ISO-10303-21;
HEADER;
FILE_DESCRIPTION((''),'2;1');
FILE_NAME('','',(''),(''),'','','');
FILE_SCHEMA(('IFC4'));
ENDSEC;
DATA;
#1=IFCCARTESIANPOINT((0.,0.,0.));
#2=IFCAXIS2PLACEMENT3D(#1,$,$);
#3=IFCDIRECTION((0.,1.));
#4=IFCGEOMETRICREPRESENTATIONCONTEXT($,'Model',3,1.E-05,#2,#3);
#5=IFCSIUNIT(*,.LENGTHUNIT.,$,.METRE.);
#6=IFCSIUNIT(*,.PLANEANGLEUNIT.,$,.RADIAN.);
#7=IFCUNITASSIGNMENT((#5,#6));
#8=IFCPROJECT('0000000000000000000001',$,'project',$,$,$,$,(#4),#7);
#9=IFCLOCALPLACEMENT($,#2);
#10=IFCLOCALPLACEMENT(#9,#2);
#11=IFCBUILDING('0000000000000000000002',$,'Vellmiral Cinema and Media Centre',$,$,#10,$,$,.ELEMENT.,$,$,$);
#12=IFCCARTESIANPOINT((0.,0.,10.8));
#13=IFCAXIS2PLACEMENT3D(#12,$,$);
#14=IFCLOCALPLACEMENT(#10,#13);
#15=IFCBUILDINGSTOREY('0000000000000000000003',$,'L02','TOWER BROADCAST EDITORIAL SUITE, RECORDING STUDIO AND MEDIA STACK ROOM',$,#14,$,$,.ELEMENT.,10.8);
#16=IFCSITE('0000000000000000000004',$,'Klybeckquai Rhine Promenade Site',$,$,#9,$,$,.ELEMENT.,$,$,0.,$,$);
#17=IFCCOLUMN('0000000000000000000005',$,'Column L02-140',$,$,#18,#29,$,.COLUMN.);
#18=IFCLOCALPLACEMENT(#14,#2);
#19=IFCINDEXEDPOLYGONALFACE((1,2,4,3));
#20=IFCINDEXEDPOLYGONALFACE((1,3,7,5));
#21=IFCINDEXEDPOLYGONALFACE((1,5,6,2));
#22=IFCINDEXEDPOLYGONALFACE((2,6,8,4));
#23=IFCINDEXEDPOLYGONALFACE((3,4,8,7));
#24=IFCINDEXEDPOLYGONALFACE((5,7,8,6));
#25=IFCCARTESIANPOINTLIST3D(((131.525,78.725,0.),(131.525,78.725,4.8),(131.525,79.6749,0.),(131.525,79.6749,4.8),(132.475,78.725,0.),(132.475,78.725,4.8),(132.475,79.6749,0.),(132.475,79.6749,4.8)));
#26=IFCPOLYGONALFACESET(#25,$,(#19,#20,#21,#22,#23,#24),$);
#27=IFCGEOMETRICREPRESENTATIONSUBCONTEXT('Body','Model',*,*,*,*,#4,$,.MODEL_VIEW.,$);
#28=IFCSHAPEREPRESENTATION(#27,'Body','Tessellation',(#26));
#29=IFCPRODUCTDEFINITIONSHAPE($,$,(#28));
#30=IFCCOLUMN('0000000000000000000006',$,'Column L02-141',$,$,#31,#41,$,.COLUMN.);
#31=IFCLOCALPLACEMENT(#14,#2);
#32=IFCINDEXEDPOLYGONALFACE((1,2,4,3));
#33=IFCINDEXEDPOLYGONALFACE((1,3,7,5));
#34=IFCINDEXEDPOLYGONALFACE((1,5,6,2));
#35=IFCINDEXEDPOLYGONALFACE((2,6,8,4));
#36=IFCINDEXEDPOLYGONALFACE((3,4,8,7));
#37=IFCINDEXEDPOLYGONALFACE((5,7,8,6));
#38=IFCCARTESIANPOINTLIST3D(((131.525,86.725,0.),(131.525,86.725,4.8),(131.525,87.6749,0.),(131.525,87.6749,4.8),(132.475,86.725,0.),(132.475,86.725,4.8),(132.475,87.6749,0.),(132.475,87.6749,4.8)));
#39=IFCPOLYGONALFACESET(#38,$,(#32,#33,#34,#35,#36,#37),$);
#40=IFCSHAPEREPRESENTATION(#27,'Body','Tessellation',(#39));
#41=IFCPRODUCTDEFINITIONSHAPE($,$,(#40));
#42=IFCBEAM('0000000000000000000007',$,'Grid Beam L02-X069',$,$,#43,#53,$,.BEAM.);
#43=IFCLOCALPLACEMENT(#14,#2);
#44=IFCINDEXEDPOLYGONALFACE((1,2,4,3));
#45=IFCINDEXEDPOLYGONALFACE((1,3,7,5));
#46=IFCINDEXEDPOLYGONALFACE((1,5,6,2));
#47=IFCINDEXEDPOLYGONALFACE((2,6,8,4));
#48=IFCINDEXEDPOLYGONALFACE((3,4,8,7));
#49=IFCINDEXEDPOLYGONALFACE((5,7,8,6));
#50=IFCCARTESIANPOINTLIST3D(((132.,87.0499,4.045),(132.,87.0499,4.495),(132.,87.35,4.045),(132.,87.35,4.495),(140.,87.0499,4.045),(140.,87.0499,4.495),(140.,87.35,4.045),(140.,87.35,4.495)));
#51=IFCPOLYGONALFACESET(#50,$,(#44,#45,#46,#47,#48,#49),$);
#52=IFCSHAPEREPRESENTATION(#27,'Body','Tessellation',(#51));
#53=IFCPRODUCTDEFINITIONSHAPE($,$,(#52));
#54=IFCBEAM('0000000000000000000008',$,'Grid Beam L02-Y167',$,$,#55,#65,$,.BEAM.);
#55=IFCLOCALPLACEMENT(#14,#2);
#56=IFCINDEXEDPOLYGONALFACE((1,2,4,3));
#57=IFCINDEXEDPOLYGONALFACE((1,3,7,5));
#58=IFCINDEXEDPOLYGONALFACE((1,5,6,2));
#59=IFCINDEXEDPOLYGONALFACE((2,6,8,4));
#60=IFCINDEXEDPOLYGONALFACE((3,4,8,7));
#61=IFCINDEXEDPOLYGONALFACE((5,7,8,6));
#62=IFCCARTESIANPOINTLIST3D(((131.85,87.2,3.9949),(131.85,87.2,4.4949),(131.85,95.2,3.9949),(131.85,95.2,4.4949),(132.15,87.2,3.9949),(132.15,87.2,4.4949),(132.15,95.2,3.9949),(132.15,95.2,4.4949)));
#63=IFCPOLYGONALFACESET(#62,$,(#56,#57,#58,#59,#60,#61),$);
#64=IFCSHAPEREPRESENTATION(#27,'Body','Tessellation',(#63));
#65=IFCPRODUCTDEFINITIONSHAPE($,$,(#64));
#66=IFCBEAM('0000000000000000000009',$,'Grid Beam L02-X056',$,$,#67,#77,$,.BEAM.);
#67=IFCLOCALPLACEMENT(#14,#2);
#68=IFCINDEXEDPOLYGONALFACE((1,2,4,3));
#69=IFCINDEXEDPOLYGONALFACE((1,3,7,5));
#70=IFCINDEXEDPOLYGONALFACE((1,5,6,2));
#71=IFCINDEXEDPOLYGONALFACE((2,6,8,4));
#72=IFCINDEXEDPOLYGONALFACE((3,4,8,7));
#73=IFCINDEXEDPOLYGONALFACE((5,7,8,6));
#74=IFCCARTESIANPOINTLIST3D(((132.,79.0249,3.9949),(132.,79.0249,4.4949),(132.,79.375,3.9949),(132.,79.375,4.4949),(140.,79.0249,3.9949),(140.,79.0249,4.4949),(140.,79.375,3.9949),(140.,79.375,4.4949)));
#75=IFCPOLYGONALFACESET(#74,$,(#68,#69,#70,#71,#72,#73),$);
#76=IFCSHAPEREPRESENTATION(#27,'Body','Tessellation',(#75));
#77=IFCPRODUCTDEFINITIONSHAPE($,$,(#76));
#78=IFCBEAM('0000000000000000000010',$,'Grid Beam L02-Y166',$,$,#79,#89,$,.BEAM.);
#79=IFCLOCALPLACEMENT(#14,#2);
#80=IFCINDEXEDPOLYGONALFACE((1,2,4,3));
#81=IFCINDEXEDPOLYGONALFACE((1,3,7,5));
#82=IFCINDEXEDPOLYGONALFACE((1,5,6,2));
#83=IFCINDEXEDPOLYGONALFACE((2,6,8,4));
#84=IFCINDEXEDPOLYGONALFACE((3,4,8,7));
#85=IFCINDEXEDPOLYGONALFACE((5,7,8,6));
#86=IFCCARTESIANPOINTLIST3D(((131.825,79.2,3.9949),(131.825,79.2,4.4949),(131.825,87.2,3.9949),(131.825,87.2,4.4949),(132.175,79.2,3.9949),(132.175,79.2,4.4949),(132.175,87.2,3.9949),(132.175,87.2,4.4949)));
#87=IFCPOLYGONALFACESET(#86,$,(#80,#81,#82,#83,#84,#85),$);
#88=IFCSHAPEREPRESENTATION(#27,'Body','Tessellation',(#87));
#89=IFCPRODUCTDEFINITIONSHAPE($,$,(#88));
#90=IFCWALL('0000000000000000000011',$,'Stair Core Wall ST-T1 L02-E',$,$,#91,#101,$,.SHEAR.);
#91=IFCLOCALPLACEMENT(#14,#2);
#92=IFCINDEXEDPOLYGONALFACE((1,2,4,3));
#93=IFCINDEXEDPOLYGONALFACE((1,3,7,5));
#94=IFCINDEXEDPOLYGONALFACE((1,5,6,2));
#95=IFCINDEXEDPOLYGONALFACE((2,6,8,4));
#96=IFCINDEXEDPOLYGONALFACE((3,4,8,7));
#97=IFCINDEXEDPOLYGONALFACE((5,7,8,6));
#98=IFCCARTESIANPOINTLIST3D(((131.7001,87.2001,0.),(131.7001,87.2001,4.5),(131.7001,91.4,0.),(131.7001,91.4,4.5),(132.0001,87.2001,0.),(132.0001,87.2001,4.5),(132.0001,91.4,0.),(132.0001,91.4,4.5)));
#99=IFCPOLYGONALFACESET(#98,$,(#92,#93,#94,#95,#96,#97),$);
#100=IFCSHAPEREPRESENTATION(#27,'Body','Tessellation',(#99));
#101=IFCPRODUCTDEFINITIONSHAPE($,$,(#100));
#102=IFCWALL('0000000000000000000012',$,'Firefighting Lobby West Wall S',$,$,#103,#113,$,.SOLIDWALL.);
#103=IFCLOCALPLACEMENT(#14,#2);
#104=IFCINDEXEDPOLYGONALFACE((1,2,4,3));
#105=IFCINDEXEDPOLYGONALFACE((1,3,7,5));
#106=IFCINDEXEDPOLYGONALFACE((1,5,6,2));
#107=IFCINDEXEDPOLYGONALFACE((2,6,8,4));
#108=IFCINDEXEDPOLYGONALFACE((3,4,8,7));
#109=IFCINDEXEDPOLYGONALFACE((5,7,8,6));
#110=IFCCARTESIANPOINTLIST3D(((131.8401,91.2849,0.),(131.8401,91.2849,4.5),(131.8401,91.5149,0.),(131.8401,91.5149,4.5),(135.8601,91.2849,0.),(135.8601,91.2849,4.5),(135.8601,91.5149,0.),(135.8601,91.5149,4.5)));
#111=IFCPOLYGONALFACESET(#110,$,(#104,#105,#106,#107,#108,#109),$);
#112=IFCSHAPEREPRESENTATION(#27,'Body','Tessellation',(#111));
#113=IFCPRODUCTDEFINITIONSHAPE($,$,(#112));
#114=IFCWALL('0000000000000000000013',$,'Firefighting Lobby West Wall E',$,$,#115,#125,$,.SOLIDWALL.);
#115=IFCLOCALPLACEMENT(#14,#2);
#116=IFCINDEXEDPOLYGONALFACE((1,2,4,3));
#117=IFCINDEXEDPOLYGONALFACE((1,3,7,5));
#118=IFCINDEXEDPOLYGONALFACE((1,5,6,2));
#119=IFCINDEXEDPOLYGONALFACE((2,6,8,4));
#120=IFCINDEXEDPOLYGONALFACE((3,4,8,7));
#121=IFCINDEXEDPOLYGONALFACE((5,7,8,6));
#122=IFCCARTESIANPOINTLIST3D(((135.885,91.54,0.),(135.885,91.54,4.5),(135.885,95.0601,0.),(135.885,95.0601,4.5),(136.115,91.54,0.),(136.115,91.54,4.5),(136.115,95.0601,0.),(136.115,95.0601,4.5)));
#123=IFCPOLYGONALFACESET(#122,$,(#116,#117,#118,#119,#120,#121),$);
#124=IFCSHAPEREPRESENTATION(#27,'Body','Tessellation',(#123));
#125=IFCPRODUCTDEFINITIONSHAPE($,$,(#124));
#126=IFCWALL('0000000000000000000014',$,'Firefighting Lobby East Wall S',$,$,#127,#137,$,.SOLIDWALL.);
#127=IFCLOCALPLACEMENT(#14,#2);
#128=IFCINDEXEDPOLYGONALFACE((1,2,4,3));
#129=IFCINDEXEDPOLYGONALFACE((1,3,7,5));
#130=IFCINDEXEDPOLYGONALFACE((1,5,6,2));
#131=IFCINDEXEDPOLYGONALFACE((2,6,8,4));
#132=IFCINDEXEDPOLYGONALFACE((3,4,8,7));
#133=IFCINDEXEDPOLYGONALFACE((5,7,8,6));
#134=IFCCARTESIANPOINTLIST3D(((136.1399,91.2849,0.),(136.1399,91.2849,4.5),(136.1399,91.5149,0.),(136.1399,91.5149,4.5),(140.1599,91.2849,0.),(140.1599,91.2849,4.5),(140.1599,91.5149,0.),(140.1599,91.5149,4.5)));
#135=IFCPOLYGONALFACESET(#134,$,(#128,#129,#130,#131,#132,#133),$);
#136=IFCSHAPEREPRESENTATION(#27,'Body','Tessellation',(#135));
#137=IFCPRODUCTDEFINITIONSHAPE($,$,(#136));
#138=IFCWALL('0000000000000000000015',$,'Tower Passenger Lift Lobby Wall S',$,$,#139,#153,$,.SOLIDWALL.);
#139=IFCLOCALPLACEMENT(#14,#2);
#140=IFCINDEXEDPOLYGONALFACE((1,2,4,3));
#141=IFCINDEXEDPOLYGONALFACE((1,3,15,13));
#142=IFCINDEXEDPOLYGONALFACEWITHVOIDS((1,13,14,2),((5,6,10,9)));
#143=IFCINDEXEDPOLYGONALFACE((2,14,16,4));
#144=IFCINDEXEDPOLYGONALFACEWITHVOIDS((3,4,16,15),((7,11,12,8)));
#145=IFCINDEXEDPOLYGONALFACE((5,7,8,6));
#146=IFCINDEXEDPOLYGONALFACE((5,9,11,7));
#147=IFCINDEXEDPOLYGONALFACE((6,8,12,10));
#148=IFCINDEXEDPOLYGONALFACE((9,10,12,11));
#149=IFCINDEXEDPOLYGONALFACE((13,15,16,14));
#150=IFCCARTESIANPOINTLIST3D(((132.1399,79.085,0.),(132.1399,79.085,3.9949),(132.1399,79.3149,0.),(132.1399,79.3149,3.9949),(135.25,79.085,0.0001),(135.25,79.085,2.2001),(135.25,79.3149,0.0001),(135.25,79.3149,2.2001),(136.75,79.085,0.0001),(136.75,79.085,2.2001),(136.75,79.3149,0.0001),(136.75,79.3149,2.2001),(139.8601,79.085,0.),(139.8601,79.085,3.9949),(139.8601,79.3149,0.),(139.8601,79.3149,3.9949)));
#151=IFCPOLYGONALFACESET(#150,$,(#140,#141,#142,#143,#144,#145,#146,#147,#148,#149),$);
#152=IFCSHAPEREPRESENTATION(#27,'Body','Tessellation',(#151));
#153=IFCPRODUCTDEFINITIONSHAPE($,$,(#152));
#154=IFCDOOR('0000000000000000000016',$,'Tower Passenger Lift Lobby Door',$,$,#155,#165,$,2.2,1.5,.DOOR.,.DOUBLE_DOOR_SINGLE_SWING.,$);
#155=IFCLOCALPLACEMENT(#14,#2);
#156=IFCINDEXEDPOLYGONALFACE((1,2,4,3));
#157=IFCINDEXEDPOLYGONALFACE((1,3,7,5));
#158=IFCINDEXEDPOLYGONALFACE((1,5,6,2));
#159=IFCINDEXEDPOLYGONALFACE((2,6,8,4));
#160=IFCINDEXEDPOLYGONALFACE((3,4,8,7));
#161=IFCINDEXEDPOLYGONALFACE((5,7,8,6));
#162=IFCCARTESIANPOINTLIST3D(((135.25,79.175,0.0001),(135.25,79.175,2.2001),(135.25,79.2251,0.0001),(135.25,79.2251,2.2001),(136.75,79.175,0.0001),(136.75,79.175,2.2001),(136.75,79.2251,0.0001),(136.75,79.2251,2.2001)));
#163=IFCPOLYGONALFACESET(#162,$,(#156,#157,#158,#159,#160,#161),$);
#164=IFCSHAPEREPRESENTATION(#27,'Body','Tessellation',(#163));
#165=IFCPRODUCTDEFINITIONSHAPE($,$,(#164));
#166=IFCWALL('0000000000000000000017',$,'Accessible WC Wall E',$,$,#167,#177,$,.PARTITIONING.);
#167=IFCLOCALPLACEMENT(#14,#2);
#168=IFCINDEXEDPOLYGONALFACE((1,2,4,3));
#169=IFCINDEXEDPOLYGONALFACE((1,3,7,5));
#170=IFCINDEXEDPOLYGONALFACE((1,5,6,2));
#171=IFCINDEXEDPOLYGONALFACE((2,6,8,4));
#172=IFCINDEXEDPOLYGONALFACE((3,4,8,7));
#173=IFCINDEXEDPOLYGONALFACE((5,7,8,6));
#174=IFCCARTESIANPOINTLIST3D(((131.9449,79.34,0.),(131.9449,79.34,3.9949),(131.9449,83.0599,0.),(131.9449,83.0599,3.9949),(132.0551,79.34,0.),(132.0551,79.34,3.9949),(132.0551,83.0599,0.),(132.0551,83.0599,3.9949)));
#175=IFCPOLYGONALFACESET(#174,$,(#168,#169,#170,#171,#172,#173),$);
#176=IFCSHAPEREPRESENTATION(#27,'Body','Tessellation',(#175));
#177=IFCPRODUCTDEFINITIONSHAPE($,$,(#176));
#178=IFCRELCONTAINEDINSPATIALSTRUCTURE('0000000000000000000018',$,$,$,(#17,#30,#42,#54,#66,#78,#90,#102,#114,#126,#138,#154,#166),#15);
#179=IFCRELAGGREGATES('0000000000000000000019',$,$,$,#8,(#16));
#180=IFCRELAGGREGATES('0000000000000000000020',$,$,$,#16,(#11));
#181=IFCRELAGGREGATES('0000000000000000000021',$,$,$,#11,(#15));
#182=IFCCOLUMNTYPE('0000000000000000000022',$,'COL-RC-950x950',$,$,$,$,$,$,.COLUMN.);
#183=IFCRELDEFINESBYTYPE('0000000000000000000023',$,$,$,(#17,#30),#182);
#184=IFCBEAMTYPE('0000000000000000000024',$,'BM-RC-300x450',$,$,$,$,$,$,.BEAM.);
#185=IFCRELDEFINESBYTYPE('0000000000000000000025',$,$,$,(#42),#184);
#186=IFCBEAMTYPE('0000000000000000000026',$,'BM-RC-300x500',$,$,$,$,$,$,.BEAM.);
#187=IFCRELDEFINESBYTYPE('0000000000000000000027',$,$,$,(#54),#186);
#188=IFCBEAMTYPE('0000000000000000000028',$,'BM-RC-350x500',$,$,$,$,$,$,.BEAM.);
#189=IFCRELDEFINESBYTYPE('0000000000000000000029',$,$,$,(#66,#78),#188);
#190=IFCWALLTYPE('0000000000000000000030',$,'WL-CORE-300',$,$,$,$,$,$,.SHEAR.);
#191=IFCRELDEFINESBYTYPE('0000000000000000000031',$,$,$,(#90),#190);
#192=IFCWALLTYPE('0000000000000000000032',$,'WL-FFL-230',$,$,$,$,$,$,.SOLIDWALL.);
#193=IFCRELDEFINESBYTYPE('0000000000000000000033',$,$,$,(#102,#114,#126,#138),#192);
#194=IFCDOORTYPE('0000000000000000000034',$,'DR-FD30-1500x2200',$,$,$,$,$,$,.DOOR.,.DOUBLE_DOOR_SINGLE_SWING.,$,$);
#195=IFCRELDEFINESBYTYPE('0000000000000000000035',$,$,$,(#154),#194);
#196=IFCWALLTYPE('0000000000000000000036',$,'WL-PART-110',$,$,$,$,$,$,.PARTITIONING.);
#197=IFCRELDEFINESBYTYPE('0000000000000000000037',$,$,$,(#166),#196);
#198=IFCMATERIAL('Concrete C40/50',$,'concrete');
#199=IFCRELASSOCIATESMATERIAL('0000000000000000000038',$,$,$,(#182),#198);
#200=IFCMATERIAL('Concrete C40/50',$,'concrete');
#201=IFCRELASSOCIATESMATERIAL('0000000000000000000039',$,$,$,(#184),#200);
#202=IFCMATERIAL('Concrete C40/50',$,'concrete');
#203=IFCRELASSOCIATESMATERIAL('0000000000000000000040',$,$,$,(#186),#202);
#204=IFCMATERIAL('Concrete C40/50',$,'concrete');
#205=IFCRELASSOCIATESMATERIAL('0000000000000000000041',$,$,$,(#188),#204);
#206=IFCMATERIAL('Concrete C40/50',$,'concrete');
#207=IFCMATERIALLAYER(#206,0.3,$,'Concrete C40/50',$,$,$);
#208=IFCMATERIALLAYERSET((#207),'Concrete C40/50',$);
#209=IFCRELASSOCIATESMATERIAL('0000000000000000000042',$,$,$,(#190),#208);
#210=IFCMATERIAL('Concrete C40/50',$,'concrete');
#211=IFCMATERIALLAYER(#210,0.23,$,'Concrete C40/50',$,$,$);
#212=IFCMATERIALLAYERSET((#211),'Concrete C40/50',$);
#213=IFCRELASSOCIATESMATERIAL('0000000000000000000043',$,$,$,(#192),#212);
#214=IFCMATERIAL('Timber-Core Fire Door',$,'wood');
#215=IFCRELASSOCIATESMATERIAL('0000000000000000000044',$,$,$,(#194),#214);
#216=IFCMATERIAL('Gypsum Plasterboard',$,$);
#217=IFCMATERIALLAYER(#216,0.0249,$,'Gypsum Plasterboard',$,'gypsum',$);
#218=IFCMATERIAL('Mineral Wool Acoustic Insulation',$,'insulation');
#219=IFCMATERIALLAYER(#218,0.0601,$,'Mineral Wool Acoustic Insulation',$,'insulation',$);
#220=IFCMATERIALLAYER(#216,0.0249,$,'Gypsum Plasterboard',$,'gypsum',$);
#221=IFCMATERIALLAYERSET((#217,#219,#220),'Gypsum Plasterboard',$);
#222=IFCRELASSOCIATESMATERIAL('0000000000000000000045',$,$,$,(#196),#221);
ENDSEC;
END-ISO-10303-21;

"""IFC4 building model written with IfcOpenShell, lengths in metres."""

from ifc_helpers import new_model, si_unit, direction, frame, frame_2d, origin, origin_2d, place, context, subcontext, project, spatial, rectangle, extrude, material, layer, layer_set, material_profile, profile_set, type_object, element, fill, save


model = new_model("IFC4")

# Units and contexts
model_context = context("Model", 3, precision=1e-05, world=origin(), true_north=direction((0.0, 1.0)))
body_context = subcontext(model_context, "Body", "Model", "MODEL_VIEW")
ifc_project = project(units=[si_unit("LENGTHUNIT", "METRE"), si_unit("PLANEANGLEUNIT", "RADIAN")], contexts=[model_context])

# Site, building, storey
site_placement = place(None, origin())
site = spatial("IfcSite", under=ifc_project, at=site_placement, Name="Klybeckquai Rhine Promenade Site", CompositionType="ELEMENT", RefElevation=0.0)
building_placement = place(site_placement, origin())
building = spatial("IfcBuilding", under=site, at=building_placement, Name="Vellmiral Cinema and Media Centre", CompositionType="ELEMENT")
storey_placement = place(building_placement, frame((0.0, 0.0, 10.8)))
storey = spatial("IfcBuildingStorey", under=building, at=storey_placement, Name="L02", Description="TOWER BROADCAST EDITORIAL SUITE, RECORDING STUDIO AND MEDIA STACK ROOM", CompositionType="ELEMENT", Elevation=10.8)

# Columns
ifc_material_1 = material(Name="Concrete C40/50", Category="concrete")
ifc_material_profile_1 = material_profile(ifc_material_1, rectangle(XDim=0.95, YDim=0.95, at=origin_2d()), Name="RC 950x950")
ifc_profile_set_1 = profile_set([ifc_material_profile_1], Name="Concrete C40/50")
column_type = type_object("IfcColumnType", Name="COL-RC-950x950", PredefinedType="COLUMN", material=ifc_profile_set_1)
for number, where, z_axis, x_axis, name in (
    (1, (132.0, 79.2, 0.0), (0.0, 0.0, 1.0), (1.0, 0.0, 0.0), "Column L02-140"),
    (2, (132.0, 87.2, 0.0), (0.0, 0.0, 1.0), (1.0, 0.0, 0.0), "Column L02-141"),
):
    element("IfcColumn", number, at=place(storey_placement, frame(where, z_axis=z_axis, x_axis=x_axis)), inside=storey, type_object=column_type, Name=name, PredefinedType="COLUMN", context=body_context, shape_type="SweptSolid", body=[
        extrude(rectangle(XDim=0.95, YDim=0.95, at=origin_2d()), origin(), (0.0, 0.0, 1.0), 4.8),
    ])

# Beams
ifc_material_2 = material(Name="Concrete C40/50", Category="concrete")
ifc_material_profile_2 = material_profile(ifc_material_2, rectangle(XDim=0.3, YDim=0.45, at=origin_2d()), Name="RC 300x450")
ifc_profile_set_2 = profile_set([ifc_material_profile_2], Name="Concrete C40/50")
beam_type_1 = type_object("IfcBeamType", Name="BM-RC-300x450", PredefinedType="BEAM", material=ifc_profile_set_2)
beam_1_placement = place(storey_placement, frame((132.0, 87.2, 4.27), z_axis=(1.0, 0.0, 0.0), x_axis=(0.0, 1.0, 0.0)))
element("IfcBeam", 3, at=beam_1_placement, inside=storey, type_object=beam_type_1, Name="Grid Beam L02-X069", PredefinedType="BEAM", context=body_context, shape_type="SweptSolid", body=[
    extrude(rectangle(XDim=0.3, YDim=0.45, at=origin_2d()), origin(), (0.0, 0.0, 1.0), 8.0),
])
ifc_material_3 = material(Name="Concrete C40/50", Category="concrete")
ifc_material_profile_3 = material_profile(ifc_material_3, rectangle(XDim=0.3, YDim=0.5, at=origin_2d()), Name="RC 300x500")
ifc_profile_set_3 = profile_set([ifc_material_profile_3], Name="Concrete C40/50")
beam_type_2 = type_object("IfcBeamType", Name="BM-RC-300x500", PredefinedType="BEAM", material=ifc_profile_set_3)
beam_2_placement = place(storey_placement, frame((132.0, 87.2, 4.2449), z_axis=(0.0, 1.0, 0.0), x_axis=(-1.0, 0.0, 0.0)))
element("IfcBeam", 4, at=beam_2_placement, inside=storey, type_object=beam_type_2, Name="Grid Beam L02-Y167", PredefinedType="BEAM", context=body_context, shape_type="SweptSolid", body=[
    extrude(rectangle(XDim=0.3, YDim=0.5, at=origin_2d()), origin(), (0.0, 0.0, 1.0), 8.0),
])
ifc_material_4 = material(Name="Concrete C40/50", Category="concrete")
ifc_material_profile_4 = material_profile(ifc_material_4, rectangle(XDim=0.3501, YDim=0.5, at=origin_2d()), Name="RC 350x500")
ifc_profile_set_4 = profile_set([ifc_material_profile_4], Name="Concrete C40/50")
beam_type_3 = type_object("IfcBeamType", Name="BM-RC-350x500", PredefinedType="BEAM", material=ifc_profile_set_4)
for number, where, z_axis, x_axis, name in (
    (5, (132.0, 79.2, 4.2449), (1.0, 0.0, 0.0), (0.0, 1.0, 0.0), "Grid Beam L02-X056"),
    (6, (132.0, 79.2, 4.2449), (0.0, 1.0, 0.0), (-1.0, 0.0, 0.0), "Grid Beam L02-Y166"),
):
    element("IfcBeam", number, at=place(storey_placement, frame(where, z_axis=z_axis, x_axis=x_axis)), inside=storey, type_object=beam_type_3, Name=name, PredefinedType="BEAM", context=body_context, shape_type="SweptSolid", body=[
        extrude(rectangle(XDim=0.3501, YDim=0.5, at=origin_2d()), origin(), (0.0, 0.0, 1.0), 8.0),
    ])

# Walls
ifc_material_5 = material(Name="Concrete C40/50", Category="concrete")
ifc_layer_1 = layer(ifc_material_5, 0.3, Name="Concrete C40/50")
ifc_layer_set_1 = layer_set([ifc_layer_1], Name="Concrete C40/50")
wall_type_1 = type_object("IfcWallType", Name="WL-CORE-300", PredefinedType="SHEAR", material=ifc_layer_set_1)
wall_1_placement = place(storey_placement, frame((131.8501, 87.2, 0.0), z_axis=(0.0, 0.0, 1.0), x_axis=(0.0, 1.0, 0.0)))
element("IfcWall", 7, at=wall_1_placement, inside=storey, type_object=wall_type_1, Name="Stair Core Wall ST-T1 L02-E", PredefinedType="SHEAR", context=body_context, shape_type="SweptSolid", body=[
    extrude(rectangle(XDim=4.2, YDim=0.3, at=frame_2d((2.1001, 0.0))), origin(), (0.0, 0.0, 1.0), 4.5),
])
ifc_material_6 = material(Name="Concrete C40/50", Category="concrete")
ifc_layer_2 = layer(ifc_material_6, 0.23, Name="Concrete C40/50")
ifc_layer_set_2 = layer_set([ifc_layer_2], Name="Concrete C40/50")
wall_type_2 = type_object("IfcWallType", Name="WL-FFL-230", PredefinedType="SOLIDWALL", material=ifc_layer_set_2)
wall_2_placement = place(storey_placement, frame((131.8401, 91.3999, 0.0), z_axis=(0.0, 0.0, 1.0), x_axis=(1.0, 0.0, 0.0)))
element("IfcWall", 8, at=wall_2_placement, inside=storey, type_object=wall_type_2, Name="Firefighting Lobby West Wall S", PredefinedType="SOLIDWALL", context=body_context, shape_type="SweptSolid", body=[
    extrude(rectangle(XDim=4.02, YDim=0.23, at=frame_2d((2.01, 0.0))), origin(), (0.0, 0.0, 1.0), 4.5),
])
wall_3_placement = place(storey_placement, frame((136.0, 91.54, 0.0), z_axis=(0.0, 0.0, 1.0), x_axis=(0.0, 1.0, 0.0)))
element("IfcWall", 9, at=wall_3_placement, inside=storey, type_object=wall_type_2, Name="Firefighting Lobby West Wall E", PredefinedType="SOLIDWALL", context=body_context, shape_type="SweptSolid", body=[
    extrude(rectangle(XDim=3.52, YDim=0.23, at=frame_2d((1.76, 0.0))), origin(), (0.0, 0.0, 1.0), 4.5),
])
wall_4_placement = place(storey_placement, frame((136.1399, 91.3999, 0.0), z_axis=(0.0, 0.0, 1.0), x_axis=(1.0, 0.0, 0.0)))
element("IfcWall", 10, at=wall_4_placement, inside=storey, type_object=wall_type_2, Name="Firefighting Lobby East Wall S", PredefinedType="SOLIDWALL", context=body_context, shape_type="SweptSolid", body=[
    extrude(rectangle(XDim=4.02, YDim=0.23, at=frame_2d((2.01, 0.0))), origin(), (0.0, 0.0, 1.0), 4.5),
])

# Wall, opening, door
wall_5_placement = place(storey_placement, frame((132.1399, 79.2, 0.0), z_axis=(0.0, 0.0, 1.0), x_axis=(1.0, 0.0, 0.0)))
wall_5 = element("IfcWall", 11, at=wall_5_placement, inside=storey, type_object=wall_type_2, Name="Tower Passenger Lift Lobby Wall S", PredefinedType="SOLIDWALL", context=body_context, shape_type="SweptSolid", body=[
    extrude(rectangle(XDim=7.7202, YDim=0.23, at=frame_2d((3.8601, 0.0))), origin(), (0.0, 0.0, 1.0), 3.9949),
])
opening_1_placement = place(wall_5_placement, frame((3.1101, 0.0, 0.0)))
opening_1 = element("IfcOpeningElement", 12, at=opening_1_placement, cuts=wall_5, PredefinedType="OPENING", context=body_context, shape_type="SweptSolid", body=[
    extrude(rectangle(XDim=1.5, YDim=2.2, at=frame_2d((0.75, 1.1001))), frame((0.0, 0.127, 0.0), z_axis=(0.0, -1.0, 0.0), x_axis=(1.0, 0.0, 0.0)), (0.0, 0.0, 1.0), 0.2539),
])
ifc_material_7 = material(Name="Timber-Core Fire Door", Category="wood")
door_type_1 = type_object("IfcDoorType", Name="DR-FD30-1500x2200", OperationType="DOUBLE_DOOR_SINGLE_SWING", PredefinedType="DOOR", material=ifc_material_7)
door_1_placement = place(opening_1_placement, frame((1.5, 0.0, 0.0), z_axis=(0.0, 0.0, 1.0), x_axis=(-1.0, 0.0, 0.0)))
door_1 = element("IfcDoor", 13, at=door_1_placement, inside=storey, type_object=door_type_1, Name="Tower Passenger Lift Lobby Door", OperationType="DOUBLE_DOOR_SINGLE_SWING", OverallHeight=2.2, OverallWidth=1.5, PredefinedType="DOOR", context=body_context, shape_type="SweptSolid", body=[
    extrude(rectangle(XDim=1.5, YDim=2.2, at=frame_2d((0.75, 1.1001))), frame((0.0, 0.0249, 0.0), z_axis=(0.0, -1.0, 0.0), x_axis=(1.0, 0.0, 0.0)), (0.0, 0.0, 1.0), 0.05),
])
fill(opening_1, door_1)

# Wall
ifc_material_8 = material(Name="Gypsum Plasterboard")
ifc_layer_3 = layer(ifc_material_8, 0.0249, Name="Gypsum Plasterboard", Category="gypsum")
ifc_material_9 = material(Name="Mineral Wool Acoustic Insulation", Category="insulation")
ifc_layer_4 = layer(ifc_material_9, 0.0601, Name="Mineral Wool Acoustic Insulation", Category="insulation")
ifc_layer_5 = layer(ifc_material_8, 0.0249, Name="Gypsum Plasterboard", Category="gypsum")
ifc_layer_set_3 = layer_set([ifc_layer_3, ifc_layer_4, ifc_layer_5], Name="Gypsum Plasterboard")
wall_type_3 = type_object("IfcWallType", Name="WL-PART-110", PredefinedType="PARTITIONING", material=ifc_layer_set_3)
wall_6_placement = place(storey_placement, frame((132.0, 79.3401, 0.0), z_axis=(0.0, 0.0, 1.0), x_axis=(0.0, 1.0, 0.0)))
element("IfcWall", 14, at=wall_6_placement, inside=storey, type_object=wall_type_3, Name="Accessible WC Wall E", PredefinedType="PARTITIONING", context=body_context, shape_type="SweptSolid", body=[
    extrude(rectangle(XDim=3.72, YDim=0.1101, at=frame_2d((1.8599, 0.0))), origin(), (0.0, 0.0, 1.0), 3.9949),
])

save(model, "model.ifc")
